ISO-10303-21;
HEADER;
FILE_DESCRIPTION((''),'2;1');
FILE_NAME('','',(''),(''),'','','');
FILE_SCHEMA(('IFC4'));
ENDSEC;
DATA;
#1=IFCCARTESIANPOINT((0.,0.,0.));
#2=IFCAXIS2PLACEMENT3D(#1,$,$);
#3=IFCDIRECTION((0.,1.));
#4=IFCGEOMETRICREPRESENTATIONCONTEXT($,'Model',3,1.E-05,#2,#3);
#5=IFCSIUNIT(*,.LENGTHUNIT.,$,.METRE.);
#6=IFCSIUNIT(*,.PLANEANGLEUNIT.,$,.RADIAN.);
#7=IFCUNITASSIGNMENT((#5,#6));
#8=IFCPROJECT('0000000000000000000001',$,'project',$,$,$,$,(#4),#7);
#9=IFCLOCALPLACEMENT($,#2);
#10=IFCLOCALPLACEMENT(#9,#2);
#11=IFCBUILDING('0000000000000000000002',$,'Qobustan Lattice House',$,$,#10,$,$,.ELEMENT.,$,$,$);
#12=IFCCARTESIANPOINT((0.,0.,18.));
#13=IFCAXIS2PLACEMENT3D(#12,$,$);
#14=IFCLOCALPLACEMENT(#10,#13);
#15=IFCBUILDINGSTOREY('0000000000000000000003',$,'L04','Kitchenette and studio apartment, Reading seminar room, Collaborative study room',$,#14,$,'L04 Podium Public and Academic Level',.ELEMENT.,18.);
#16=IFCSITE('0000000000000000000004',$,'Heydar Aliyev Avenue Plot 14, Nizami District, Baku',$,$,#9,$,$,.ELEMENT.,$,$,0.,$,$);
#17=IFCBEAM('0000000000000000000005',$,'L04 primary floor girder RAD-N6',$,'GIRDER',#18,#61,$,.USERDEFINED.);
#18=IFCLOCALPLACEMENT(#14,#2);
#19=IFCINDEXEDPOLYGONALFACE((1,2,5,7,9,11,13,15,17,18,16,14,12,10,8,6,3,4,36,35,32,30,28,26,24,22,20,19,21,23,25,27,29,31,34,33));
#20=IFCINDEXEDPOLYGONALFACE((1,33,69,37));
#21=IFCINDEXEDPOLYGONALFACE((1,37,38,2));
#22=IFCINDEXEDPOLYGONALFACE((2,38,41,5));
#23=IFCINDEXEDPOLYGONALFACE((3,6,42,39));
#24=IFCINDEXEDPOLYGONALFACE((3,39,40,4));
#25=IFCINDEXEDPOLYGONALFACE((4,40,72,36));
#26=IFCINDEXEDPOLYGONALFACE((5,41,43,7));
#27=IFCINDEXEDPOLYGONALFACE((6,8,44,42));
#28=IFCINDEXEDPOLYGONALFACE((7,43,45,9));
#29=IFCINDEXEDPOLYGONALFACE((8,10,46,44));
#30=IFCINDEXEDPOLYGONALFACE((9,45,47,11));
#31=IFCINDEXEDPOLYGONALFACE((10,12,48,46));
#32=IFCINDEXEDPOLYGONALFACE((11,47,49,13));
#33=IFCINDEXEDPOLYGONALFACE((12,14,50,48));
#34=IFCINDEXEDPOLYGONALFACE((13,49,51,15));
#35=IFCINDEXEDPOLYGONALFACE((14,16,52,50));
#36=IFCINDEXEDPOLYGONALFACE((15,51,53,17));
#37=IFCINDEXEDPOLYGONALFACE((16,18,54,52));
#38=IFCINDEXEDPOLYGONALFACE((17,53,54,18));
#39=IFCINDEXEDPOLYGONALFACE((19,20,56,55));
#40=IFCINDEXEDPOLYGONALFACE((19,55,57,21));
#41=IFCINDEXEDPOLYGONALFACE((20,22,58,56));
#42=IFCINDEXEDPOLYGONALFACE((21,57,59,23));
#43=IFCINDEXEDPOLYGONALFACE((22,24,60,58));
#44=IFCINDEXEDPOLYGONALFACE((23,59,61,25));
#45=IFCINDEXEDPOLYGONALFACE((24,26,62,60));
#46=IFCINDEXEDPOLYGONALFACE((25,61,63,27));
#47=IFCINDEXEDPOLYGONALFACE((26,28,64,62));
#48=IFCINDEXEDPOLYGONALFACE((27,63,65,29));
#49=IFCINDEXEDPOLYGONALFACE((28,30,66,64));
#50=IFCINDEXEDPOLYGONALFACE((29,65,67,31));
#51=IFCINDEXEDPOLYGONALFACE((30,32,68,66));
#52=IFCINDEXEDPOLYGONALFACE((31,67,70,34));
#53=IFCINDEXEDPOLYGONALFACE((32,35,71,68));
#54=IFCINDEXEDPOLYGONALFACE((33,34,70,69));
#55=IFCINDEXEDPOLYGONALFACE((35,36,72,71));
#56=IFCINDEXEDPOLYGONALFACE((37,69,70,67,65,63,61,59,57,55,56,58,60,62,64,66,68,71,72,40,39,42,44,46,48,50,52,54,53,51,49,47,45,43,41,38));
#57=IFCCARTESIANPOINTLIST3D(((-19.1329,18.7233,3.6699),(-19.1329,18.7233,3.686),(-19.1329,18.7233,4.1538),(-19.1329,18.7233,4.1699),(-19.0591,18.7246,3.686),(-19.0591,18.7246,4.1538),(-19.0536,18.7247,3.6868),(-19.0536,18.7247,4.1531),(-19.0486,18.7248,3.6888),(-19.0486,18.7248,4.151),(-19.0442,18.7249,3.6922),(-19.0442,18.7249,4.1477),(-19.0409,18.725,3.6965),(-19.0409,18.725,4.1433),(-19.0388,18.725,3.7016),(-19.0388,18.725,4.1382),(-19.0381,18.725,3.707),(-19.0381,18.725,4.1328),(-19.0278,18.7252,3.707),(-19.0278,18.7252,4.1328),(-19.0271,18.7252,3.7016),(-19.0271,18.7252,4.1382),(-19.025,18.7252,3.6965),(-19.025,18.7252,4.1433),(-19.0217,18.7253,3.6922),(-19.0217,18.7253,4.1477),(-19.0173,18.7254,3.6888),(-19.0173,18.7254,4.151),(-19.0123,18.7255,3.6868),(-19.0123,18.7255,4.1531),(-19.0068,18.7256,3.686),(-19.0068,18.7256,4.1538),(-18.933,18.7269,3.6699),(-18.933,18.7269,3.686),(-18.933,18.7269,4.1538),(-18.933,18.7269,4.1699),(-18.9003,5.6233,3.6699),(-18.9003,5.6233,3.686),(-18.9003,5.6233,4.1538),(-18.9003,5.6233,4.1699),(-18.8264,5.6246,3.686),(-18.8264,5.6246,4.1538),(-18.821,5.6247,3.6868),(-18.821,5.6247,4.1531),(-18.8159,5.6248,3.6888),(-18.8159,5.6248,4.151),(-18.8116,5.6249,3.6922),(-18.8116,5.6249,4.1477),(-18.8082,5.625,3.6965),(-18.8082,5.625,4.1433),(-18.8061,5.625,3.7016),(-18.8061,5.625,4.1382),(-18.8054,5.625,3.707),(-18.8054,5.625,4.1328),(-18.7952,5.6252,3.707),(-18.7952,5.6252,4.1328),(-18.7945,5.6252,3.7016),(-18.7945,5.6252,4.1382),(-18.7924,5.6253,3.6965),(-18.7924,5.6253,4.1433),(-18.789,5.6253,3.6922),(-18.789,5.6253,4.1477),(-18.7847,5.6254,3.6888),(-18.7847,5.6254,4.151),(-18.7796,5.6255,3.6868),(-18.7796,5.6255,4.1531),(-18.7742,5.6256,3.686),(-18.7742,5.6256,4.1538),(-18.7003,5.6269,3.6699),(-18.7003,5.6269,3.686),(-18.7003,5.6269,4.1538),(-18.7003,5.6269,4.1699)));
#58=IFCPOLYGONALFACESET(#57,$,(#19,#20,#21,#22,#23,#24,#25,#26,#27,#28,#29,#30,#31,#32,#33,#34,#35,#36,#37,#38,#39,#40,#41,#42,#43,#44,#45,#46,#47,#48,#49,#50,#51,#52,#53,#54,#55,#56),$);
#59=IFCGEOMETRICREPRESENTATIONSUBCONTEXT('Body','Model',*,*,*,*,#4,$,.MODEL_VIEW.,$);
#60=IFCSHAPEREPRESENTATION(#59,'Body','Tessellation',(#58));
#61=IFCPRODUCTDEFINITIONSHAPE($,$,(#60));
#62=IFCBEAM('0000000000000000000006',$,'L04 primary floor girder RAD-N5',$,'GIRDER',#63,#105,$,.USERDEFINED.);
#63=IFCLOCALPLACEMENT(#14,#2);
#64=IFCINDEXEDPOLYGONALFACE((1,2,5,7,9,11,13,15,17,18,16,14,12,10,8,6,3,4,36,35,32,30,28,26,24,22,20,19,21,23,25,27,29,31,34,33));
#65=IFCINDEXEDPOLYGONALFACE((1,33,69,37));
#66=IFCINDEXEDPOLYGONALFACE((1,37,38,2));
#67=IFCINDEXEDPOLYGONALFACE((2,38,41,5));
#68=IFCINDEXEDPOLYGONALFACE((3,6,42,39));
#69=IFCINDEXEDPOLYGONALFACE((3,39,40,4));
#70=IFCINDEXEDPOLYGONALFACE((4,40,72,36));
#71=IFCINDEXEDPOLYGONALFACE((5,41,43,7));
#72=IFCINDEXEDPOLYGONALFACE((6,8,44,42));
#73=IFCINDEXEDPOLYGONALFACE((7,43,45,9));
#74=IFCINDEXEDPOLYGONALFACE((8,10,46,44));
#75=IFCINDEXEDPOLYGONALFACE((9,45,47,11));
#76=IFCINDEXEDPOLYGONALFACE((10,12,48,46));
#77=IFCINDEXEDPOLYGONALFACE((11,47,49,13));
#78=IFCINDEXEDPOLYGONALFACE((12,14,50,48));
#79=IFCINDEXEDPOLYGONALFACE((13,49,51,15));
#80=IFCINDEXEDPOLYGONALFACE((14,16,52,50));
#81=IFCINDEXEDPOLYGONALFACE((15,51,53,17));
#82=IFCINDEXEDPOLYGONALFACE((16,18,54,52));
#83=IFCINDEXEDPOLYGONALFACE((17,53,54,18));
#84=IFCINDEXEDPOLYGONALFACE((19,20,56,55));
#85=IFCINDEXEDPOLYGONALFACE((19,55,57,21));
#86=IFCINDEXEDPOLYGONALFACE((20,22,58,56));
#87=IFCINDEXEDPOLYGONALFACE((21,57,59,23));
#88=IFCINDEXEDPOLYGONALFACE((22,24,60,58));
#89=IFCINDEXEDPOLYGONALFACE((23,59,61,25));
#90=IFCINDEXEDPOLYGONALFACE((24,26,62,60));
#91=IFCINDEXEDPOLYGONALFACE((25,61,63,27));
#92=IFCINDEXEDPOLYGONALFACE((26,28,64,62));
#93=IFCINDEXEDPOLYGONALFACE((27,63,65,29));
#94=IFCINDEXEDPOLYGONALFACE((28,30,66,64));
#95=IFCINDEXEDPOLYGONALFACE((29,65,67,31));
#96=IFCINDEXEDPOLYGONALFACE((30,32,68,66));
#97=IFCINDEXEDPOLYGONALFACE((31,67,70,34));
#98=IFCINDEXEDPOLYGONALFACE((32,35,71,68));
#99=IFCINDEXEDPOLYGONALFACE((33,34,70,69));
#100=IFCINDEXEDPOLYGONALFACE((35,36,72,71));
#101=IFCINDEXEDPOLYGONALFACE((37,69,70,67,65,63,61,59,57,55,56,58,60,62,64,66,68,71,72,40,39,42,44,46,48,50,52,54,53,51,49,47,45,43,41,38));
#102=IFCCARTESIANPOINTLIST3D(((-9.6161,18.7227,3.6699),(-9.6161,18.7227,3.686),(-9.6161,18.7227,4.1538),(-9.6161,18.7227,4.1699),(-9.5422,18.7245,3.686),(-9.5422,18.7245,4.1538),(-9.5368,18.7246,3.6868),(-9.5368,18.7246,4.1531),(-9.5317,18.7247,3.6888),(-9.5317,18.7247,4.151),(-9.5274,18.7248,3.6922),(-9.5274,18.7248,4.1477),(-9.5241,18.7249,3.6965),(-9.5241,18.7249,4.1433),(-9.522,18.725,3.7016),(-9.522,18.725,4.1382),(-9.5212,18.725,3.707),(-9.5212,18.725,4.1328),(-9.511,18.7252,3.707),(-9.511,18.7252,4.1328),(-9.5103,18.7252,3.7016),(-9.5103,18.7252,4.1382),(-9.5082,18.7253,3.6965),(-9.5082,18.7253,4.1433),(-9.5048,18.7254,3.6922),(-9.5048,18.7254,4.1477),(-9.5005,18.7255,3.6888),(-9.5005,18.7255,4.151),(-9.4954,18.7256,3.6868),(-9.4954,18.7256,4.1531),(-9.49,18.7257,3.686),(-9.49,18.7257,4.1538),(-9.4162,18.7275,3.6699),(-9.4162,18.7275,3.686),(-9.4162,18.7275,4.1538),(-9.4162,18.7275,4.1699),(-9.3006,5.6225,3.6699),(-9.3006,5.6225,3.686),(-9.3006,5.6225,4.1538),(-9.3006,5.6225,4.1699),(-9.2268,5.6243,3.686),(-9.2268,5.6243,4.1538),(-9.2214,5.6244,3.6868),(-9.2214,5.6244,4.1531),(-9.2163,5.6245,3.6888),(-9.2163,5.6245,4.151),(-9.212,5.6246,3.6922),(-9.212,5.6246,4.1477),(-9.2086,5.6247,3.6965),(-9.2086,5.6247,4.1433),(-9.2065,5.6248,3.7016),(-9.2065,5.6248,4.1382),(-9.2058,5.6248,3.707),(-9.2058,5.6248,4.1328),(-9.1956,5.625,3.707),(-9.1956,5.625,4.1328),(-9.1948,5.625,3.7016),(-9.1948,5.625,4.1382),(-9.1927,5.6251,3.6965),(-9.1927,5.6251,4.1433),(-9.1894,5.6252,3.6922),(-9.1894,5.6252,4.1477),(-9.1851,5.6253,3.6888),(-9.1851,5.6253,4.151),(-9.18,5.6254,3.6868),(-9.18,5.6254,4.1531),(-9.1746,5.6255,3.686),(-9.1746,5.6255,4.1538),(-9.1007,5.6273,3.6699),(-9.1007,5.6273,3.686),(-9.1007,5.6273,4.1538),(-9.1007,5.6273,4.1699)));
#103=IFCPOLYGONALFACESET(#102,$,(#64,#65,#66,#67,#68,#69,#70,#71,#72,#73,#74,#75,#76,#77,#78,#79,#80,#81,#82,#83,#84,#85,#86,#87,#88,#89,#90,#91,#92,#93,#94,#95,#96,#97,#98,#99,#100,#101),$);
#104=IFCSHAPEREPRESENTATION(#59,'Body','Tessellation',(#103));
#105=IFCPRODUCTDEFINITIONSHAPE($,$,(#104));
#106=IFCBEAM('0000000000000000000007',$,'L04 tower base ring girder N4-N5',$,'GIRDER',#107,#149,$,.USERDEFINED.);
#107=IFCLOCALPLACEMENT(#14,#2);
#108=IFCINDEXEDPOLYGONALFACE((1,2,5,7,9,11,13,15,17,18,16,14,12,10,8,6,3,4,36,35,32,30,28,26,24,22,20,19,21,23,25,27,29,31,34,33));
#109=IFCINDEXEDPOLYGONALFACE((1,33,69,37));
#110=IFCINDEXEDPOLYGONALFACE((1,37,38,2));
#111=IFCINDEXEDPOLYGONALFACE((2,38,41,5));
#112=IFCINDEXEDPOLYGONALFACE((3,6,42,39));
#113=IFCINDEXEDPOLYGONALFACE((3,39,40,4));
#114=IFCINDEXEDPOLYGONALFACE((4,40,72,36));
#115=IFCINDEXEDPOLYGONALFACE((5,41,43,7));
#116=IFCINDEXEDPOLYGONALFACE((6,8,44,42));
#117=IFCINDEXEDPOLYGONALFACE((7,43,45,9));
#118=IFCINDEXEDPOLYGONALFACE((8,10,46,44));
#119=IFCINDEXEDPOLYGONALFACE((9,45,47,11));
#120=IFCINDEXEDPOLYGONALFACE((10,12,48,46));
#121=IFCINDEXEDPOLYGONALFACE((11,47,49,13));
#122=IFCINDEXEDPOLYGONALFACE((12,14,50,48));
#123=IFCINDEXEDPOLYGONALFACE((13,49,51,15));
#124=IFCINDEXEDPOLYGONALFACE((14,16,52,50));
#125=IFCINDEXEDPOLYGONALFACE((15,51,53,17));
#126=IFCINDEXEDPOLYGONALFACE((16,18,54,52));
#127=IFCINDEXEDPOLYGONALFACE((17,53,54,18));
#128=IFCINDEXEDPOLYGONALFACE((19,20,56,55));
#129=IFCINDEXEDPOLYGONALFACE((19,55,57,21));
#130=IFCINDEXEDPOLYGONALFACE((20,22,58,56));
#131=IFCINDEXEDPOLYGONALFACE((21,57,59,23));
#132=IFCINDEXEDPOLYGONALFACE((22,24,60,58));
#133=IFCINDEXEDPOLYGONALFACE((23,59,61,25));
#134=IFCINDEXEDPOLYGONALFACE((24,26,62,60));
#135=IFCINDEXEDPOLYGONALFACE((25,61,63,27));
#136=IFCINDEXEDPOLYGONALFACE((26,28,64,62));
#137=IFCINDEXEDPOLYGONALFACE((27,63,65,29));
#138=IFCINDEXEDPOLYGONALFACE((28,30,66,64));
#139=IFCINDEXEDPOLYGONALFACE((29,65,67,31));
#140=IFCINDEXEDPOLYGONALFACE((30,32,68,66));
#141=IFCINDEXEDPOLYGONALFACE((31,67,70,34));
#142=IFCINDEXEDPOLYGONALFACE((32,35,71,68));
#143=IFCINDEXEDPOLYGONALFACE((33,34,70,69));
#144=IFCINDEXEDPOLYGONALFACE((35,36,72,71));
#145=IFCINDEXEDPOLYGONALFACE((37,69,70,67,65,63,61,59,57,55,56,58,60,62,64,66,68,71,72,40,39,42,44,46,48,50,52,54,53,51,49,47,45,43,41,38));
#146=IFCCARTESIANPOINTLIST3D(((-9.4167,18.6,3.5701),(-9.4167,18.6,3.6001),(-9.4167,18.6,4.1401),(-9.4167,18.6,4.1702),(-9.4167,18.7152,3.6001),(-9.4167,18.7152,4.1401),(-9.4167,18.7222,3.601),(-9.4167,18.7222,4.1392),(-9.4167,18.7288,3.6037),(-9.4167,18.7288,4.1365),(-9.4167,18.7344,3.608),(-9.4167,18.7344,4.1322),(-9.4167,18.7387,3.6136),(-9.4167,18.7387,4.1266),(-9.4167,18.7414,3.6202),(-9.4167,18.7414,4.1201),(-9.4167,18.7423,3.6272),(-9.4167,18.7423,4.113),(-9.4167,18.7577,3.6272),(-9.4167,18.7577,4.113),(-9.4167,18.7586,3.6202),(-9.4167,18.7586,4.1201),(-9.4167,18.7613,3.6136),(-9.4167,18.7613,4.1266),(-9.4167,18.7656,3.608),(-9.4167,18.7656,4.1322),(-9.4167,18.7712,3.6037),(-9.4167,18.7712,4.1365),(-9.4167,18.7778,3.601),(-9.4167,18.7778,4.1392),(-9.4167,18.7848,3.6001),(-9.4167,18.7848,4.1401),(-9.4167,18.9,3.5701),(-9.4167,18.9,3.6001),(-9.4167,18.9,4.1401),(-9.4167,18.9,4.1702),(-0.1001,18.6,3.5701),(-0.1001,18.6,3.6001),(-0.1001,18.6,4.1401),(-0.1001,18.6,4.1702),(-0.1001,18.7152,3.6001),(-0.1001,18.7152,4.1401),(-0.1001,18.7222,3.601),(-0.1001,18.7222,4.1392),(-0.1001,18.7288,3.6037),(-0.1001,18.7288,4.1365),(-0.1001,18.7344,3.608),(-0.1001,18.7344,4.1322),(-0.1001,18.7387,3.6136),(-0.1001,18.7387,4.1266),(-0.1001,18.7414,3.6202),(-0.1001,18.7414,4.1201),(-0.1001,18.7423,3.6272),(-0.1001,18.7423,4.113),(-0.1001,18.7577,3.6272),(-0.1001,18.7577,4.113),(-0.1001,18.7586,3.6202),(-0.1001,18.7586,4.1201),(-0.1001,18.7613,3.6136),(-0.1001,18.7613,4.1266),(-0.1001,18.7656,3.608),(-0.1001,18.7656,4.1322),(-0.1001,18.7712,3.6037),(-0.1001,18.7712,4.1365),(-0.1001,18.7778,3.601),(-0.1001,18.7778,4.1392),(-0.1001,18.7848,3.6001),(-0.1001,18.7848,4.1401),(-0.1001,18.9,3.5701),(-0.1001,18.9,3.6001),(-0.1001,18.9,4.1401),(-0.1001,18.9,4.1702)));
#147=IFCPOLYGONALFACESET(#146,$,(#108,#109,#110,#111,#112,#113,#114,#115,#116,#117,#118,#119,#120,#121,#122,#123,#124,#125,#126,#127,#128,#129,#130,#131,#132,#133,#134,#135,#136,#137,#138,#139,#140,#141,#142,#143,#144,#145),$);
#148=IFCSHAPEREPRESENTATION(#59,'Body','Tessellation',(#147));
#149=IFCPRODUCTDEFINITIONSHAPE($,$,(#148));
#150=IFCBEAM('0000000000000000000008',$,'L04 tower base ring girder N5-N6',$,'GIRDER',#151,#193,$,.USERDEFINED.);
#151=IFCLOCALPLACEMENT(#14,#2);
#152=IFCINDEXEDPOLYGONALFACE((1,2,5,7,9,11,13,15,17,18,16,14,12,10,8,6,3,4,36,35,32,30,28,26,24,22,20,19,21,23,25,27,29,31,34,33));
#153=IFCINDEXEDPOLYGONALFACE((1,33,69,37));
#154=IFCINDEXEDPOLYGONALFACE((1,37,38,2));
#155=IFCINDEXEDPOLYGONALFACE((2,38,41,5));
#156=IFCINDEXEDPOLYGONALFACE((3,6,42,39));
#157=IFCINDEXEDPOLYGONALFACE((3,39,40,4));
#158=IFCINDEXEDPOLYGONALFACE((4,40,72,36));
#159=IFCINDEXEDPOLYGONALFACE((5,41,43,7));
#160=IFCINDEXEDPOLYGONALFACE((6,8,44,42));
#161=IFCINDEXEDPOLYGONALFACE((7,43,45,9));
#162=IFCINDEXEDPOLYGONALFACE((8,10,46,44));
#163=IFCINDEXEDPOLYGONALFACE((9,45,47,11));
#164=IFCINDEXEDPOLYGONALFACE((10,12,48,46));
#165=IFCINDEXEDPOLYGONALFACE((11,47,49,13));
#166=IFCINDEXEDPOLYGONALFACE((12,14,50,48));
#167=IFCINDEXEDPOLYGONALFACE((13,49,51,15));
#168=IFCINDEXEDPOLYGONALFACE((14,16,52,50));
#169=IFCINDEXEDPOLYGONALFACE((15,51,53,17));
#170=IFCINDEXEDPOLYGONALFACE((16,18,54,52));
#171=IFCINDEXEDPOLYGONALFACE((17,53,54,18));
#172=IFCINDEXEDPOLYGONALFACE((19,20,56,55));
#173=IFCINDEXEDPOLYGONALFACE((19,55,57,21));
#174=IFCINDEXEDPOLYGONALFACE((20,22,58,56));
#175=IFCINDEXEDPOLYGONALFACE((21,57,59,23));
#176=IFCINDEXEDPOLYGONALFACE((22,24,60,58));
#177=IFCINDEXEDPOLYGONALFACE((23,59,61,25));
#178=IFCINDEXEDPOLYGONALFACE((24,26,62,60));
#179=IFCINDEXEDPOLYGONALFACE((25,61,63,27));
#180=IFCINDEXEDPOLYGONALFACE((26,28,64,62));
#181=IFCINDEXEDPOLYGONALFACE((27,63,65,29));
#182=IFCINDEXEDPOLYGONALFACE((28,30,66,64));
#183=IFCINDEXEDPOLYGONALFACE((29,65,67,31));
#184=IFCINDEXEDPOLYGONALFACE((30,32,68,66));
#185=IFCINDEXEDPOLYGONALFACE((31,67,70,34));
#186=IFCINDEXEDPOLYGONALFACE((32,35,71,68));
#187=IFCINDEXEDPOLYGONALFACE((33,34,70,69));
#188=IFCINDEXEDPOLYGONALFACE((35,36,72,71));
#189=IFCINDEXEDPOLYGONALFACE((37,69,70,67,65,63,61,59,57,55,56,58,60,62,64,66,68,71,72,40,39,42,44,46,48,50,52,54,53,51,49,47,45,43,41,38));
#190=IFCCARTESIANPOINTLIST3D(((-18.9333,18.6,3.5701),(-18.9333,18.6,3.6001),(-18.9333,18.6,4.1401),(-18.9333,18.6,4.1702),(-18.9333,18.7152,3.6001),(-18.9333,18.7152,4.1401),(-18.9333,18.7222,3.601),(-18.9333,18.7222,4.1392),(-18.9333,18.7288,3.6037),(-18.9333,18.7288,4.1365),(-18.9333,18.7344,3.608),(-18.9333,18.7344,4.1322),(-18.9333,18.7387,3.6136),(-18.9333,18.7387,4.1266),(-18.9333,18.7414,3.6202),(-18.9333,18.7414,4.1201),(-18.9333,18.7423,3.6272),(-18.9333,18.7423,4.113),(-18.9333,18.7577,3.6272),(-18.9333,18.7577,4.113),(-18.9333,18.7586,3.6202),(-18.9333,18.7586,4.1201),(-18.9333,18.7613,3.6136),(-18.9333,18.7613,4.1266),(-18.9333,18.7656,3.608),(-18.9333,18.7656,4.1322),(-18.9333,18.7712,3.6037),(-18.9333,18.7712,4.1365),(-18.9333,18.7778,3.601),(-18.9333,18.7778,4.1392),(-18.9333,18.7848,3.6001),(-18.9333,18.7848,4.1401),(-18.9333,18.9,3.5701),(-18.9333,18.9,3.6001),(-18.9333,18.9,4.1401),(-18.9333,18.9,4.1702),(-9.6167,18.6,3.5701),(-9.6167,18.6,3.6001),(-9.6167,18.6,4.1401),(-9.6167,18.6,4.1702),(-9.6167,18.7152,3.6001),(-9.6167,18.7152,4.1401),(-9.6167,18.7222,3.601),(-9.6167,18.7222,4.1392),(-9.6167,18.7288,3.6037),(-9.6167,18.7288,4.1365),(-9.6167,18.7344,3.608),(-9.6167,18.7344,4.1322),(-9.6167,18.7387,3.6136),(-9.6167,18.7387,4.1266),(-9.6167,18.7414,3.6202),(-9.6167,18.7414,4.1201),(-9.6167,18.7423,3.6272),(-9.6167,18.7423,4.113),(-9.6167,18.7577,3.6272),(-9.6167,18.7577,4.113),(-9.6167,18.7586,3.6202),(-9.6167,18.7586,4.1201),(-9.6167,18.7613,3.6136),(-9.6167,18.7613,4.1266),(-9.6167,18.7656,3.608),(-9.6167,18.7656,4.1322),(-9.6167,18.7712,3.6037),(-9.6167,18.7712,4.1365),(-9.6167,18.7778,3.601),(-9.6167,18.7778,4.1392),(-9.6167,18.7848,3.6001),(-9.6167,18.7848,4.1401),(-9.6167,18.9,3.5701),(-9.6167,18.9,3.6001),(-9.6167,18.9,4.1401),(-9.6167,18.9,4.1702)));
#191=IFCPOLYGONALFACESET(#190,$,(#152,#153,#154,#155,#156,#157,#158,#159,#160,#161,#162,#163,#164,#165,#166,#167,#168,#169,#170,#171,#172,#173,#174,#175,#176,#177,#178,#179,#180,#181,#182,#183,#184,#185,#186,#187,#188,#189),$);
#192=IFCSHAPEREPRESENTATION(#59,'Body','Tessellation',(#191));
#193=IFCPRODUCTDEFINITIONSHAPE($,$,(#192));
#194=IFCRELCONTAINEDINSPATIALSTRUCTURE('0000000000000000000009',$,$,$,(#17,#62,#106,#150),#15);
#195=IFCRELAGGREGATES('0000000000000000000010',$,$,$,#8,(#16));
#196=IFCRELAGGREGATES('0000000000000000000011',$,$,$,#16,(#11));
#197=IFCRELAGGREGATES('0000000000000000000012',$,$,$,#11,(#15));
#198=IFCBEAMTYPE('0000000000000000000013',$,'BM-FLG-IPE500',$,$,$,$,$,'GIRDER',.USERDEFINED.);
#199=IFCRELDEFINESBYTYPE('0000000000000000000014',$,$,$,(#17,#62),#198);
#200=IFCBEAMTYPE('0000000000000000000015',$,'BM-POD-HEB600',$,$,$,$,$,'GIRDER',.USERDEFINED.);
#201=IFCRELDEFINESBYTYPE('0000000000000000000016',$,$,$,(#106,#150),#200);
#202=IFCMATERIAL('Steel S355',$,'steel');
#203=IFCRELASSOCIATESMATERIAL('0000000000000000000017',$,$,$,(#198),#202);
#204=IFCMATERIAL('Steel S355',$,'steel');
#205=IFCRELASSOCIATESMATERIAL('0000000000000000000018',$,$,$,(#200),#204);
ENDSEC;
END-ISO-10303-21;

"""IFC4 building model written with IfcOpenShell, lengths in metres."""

from ifc_helpers import new_model, si_unit, direction, frame, origin, origin_2d, place, context, subcontext, project, spatial, i_section, extrude, material, material_profile, profile_set, type_object, element, save


model = new_model("IFC4")

# Units and contexts
model_context = context("Model", 3, precision=1e-05, world=origin(), true_north=direction((0.0, 1.0)))
body_context = subcontext(model_context, "Body", "Model", "MODEL_VIEW")
ifc_project = project(units=[si_unit("LENGTHUNIT", "METRE"), si_unit("PLANEANGLEUNIT", "RADIAN")], contexts=[model_context])

# Site, building, storey
site_placement = place(None, origin())
site = spatial("IfcSite", under=ifc_project, at=site_placement, Name="Heydar Aliyev Avenue Plot 14, Nizami District, Baku", CompositionType="ELEMENT", RefElevation=0.0)
building_placement = place(site_placement, origin())
building = spatial("IfcBuilding", under=site, at=building_placement, Name="Qobustan Lattice House", CompositionType="ELEMENT")
storey_placement = place(building_placement, frame((0.0, 0.0, 18.0)))
storey = spatial("IfcBuildingStorey", under=building, at=storey_placement, Name="L04", Description="Kitchenette and studio apartment, Reading seminar room, Collaborative study room", LongName="L04 Podium Public and Academic Level", CompositionType="ELEMENT", Elevation=18.0)

# Beams
ifc_material_1 = material(Name="Steel S355", Category="steel")
ifc_material_profile_1 = material_profile(ifc_material_1, i_section(OverallWidth=0.2, OverallDepth=0.5, WebThickness=0.0103, FlangeThickness=0.0161, FilletRadius=0.021, at=origin_2d()), Name="IPE500")
ifc_profile_set_1 = profile_set([ifc_material_profile_1], Name="Steel S355")
beam_type_1 = type_object("IfcBeamType", Name="BM-FLG-IPE500", ElementType="GIRDER", PredefinedType="USERDEFINED", material=ifc_profile_set_1)
beam_1_placement = place(storey_placement, frame((-19.033, 18.7251, 3.9199), z_axis=(0.017758, -0.999842, 0.0), x_axis=(0.999842, 0.017758, 0.0)))
element("IfcBeam", 1, at=beam_1_placement, inside=storey, type_object=beam_type_1, Name="L04 primary floor girder RAD-N6", ObjectType="GIRDER", PredefinedType="USERDEFINED", context=body_context, shape_type="SweptSolid", body=[
    extrude(i_section(OverallWidth=0.2, OverallDepth=0.5, WebThickness=0.0103, FlangeThickness=0.0161, FilletRadius=0.021, at=origin_2d()), origin(), (0.0, 0.0, 1.0), 13.1021),
])
beam_2_placement = place(storey_placement, frame((-9.5161, 18.7251, 3.9199), z_axis=(0.024071, -0.99971, 0.0), x_axis=(0.99971, 0.024071, 0.0)))
element("IfcBeam", 2, at=beam_2_placement, inside=storey, type_object=beam_type_1, Name="L04 primary floor girder RAD-N5", ObjectType="GIRDER", PredefinedType="USERDEFINED", context=body_context, shape_type="SweptSolid", body=[
    extrude(i_section(OverallWidth=0.2, OverallDepth=0.5, WebThickness=0.0103, FlangeThickness=0.0161, FilletRadius=0.021, at=origin_2d()), origin(), (0.0, 0.0, 1.0), 13.104),
])
ifc_material_2 = material(Name="Steel S355", Category="steel")
ifc_material_profile_2 = material_profile(ifc_material_2, i_section(OverallWidth=0.3, OverallDepth=0.6001, WebThickness=0.0154, FlangeThickness=0.03, FilletRadius=0.0271, at=origin_2d()), Name="HEB600")
ifc_profile_set_2 = profile_set([ifc_material_profile_2], Name="Steel S355")
beam_type_2 = type_object("IfcBeamType", Name="BM-POD-HEB600", ElementType="GIRDER", PredefinedType="USERDEFINED", material=ifc_profile_set_2)
for number, where, z_axis, x_axis, name in (
    (3, (-0.1001, 18.75, 3.8701), (-1.0, 0.0, 0.0), (0.0, -1.0, 0.0), "L04 tower base ring girder N4-N5"),
    (4, (-9.6167, 18.75, 3.8701), (-1.0, 0.0, 0.0), (0.0, -1.0, 0.0), "L04 tower base ring girder N5-N6"),
):
    element("IfcBeam", number, at=place(storey_placement, frame(where, z_axis=z_axis, x_axis=x_axis)), inside=storey, type_object=beam_type_2, Name=name, ObjectType="GIRDER", PredefinedType="USERDEFINED", context=body_context, shape_type="SweptSolid", body=[
        extrude(i_section(OverallWidth=0.3, OverallDepth=0.6001, WebThickness=0.0154, FlangeThickness=0.03, FilletRadius=0.0271, at=origin_2d()), origin(), (0.0, 0.0, 1.0), 9.3167),
    ])

save(model, "model.ifc")
